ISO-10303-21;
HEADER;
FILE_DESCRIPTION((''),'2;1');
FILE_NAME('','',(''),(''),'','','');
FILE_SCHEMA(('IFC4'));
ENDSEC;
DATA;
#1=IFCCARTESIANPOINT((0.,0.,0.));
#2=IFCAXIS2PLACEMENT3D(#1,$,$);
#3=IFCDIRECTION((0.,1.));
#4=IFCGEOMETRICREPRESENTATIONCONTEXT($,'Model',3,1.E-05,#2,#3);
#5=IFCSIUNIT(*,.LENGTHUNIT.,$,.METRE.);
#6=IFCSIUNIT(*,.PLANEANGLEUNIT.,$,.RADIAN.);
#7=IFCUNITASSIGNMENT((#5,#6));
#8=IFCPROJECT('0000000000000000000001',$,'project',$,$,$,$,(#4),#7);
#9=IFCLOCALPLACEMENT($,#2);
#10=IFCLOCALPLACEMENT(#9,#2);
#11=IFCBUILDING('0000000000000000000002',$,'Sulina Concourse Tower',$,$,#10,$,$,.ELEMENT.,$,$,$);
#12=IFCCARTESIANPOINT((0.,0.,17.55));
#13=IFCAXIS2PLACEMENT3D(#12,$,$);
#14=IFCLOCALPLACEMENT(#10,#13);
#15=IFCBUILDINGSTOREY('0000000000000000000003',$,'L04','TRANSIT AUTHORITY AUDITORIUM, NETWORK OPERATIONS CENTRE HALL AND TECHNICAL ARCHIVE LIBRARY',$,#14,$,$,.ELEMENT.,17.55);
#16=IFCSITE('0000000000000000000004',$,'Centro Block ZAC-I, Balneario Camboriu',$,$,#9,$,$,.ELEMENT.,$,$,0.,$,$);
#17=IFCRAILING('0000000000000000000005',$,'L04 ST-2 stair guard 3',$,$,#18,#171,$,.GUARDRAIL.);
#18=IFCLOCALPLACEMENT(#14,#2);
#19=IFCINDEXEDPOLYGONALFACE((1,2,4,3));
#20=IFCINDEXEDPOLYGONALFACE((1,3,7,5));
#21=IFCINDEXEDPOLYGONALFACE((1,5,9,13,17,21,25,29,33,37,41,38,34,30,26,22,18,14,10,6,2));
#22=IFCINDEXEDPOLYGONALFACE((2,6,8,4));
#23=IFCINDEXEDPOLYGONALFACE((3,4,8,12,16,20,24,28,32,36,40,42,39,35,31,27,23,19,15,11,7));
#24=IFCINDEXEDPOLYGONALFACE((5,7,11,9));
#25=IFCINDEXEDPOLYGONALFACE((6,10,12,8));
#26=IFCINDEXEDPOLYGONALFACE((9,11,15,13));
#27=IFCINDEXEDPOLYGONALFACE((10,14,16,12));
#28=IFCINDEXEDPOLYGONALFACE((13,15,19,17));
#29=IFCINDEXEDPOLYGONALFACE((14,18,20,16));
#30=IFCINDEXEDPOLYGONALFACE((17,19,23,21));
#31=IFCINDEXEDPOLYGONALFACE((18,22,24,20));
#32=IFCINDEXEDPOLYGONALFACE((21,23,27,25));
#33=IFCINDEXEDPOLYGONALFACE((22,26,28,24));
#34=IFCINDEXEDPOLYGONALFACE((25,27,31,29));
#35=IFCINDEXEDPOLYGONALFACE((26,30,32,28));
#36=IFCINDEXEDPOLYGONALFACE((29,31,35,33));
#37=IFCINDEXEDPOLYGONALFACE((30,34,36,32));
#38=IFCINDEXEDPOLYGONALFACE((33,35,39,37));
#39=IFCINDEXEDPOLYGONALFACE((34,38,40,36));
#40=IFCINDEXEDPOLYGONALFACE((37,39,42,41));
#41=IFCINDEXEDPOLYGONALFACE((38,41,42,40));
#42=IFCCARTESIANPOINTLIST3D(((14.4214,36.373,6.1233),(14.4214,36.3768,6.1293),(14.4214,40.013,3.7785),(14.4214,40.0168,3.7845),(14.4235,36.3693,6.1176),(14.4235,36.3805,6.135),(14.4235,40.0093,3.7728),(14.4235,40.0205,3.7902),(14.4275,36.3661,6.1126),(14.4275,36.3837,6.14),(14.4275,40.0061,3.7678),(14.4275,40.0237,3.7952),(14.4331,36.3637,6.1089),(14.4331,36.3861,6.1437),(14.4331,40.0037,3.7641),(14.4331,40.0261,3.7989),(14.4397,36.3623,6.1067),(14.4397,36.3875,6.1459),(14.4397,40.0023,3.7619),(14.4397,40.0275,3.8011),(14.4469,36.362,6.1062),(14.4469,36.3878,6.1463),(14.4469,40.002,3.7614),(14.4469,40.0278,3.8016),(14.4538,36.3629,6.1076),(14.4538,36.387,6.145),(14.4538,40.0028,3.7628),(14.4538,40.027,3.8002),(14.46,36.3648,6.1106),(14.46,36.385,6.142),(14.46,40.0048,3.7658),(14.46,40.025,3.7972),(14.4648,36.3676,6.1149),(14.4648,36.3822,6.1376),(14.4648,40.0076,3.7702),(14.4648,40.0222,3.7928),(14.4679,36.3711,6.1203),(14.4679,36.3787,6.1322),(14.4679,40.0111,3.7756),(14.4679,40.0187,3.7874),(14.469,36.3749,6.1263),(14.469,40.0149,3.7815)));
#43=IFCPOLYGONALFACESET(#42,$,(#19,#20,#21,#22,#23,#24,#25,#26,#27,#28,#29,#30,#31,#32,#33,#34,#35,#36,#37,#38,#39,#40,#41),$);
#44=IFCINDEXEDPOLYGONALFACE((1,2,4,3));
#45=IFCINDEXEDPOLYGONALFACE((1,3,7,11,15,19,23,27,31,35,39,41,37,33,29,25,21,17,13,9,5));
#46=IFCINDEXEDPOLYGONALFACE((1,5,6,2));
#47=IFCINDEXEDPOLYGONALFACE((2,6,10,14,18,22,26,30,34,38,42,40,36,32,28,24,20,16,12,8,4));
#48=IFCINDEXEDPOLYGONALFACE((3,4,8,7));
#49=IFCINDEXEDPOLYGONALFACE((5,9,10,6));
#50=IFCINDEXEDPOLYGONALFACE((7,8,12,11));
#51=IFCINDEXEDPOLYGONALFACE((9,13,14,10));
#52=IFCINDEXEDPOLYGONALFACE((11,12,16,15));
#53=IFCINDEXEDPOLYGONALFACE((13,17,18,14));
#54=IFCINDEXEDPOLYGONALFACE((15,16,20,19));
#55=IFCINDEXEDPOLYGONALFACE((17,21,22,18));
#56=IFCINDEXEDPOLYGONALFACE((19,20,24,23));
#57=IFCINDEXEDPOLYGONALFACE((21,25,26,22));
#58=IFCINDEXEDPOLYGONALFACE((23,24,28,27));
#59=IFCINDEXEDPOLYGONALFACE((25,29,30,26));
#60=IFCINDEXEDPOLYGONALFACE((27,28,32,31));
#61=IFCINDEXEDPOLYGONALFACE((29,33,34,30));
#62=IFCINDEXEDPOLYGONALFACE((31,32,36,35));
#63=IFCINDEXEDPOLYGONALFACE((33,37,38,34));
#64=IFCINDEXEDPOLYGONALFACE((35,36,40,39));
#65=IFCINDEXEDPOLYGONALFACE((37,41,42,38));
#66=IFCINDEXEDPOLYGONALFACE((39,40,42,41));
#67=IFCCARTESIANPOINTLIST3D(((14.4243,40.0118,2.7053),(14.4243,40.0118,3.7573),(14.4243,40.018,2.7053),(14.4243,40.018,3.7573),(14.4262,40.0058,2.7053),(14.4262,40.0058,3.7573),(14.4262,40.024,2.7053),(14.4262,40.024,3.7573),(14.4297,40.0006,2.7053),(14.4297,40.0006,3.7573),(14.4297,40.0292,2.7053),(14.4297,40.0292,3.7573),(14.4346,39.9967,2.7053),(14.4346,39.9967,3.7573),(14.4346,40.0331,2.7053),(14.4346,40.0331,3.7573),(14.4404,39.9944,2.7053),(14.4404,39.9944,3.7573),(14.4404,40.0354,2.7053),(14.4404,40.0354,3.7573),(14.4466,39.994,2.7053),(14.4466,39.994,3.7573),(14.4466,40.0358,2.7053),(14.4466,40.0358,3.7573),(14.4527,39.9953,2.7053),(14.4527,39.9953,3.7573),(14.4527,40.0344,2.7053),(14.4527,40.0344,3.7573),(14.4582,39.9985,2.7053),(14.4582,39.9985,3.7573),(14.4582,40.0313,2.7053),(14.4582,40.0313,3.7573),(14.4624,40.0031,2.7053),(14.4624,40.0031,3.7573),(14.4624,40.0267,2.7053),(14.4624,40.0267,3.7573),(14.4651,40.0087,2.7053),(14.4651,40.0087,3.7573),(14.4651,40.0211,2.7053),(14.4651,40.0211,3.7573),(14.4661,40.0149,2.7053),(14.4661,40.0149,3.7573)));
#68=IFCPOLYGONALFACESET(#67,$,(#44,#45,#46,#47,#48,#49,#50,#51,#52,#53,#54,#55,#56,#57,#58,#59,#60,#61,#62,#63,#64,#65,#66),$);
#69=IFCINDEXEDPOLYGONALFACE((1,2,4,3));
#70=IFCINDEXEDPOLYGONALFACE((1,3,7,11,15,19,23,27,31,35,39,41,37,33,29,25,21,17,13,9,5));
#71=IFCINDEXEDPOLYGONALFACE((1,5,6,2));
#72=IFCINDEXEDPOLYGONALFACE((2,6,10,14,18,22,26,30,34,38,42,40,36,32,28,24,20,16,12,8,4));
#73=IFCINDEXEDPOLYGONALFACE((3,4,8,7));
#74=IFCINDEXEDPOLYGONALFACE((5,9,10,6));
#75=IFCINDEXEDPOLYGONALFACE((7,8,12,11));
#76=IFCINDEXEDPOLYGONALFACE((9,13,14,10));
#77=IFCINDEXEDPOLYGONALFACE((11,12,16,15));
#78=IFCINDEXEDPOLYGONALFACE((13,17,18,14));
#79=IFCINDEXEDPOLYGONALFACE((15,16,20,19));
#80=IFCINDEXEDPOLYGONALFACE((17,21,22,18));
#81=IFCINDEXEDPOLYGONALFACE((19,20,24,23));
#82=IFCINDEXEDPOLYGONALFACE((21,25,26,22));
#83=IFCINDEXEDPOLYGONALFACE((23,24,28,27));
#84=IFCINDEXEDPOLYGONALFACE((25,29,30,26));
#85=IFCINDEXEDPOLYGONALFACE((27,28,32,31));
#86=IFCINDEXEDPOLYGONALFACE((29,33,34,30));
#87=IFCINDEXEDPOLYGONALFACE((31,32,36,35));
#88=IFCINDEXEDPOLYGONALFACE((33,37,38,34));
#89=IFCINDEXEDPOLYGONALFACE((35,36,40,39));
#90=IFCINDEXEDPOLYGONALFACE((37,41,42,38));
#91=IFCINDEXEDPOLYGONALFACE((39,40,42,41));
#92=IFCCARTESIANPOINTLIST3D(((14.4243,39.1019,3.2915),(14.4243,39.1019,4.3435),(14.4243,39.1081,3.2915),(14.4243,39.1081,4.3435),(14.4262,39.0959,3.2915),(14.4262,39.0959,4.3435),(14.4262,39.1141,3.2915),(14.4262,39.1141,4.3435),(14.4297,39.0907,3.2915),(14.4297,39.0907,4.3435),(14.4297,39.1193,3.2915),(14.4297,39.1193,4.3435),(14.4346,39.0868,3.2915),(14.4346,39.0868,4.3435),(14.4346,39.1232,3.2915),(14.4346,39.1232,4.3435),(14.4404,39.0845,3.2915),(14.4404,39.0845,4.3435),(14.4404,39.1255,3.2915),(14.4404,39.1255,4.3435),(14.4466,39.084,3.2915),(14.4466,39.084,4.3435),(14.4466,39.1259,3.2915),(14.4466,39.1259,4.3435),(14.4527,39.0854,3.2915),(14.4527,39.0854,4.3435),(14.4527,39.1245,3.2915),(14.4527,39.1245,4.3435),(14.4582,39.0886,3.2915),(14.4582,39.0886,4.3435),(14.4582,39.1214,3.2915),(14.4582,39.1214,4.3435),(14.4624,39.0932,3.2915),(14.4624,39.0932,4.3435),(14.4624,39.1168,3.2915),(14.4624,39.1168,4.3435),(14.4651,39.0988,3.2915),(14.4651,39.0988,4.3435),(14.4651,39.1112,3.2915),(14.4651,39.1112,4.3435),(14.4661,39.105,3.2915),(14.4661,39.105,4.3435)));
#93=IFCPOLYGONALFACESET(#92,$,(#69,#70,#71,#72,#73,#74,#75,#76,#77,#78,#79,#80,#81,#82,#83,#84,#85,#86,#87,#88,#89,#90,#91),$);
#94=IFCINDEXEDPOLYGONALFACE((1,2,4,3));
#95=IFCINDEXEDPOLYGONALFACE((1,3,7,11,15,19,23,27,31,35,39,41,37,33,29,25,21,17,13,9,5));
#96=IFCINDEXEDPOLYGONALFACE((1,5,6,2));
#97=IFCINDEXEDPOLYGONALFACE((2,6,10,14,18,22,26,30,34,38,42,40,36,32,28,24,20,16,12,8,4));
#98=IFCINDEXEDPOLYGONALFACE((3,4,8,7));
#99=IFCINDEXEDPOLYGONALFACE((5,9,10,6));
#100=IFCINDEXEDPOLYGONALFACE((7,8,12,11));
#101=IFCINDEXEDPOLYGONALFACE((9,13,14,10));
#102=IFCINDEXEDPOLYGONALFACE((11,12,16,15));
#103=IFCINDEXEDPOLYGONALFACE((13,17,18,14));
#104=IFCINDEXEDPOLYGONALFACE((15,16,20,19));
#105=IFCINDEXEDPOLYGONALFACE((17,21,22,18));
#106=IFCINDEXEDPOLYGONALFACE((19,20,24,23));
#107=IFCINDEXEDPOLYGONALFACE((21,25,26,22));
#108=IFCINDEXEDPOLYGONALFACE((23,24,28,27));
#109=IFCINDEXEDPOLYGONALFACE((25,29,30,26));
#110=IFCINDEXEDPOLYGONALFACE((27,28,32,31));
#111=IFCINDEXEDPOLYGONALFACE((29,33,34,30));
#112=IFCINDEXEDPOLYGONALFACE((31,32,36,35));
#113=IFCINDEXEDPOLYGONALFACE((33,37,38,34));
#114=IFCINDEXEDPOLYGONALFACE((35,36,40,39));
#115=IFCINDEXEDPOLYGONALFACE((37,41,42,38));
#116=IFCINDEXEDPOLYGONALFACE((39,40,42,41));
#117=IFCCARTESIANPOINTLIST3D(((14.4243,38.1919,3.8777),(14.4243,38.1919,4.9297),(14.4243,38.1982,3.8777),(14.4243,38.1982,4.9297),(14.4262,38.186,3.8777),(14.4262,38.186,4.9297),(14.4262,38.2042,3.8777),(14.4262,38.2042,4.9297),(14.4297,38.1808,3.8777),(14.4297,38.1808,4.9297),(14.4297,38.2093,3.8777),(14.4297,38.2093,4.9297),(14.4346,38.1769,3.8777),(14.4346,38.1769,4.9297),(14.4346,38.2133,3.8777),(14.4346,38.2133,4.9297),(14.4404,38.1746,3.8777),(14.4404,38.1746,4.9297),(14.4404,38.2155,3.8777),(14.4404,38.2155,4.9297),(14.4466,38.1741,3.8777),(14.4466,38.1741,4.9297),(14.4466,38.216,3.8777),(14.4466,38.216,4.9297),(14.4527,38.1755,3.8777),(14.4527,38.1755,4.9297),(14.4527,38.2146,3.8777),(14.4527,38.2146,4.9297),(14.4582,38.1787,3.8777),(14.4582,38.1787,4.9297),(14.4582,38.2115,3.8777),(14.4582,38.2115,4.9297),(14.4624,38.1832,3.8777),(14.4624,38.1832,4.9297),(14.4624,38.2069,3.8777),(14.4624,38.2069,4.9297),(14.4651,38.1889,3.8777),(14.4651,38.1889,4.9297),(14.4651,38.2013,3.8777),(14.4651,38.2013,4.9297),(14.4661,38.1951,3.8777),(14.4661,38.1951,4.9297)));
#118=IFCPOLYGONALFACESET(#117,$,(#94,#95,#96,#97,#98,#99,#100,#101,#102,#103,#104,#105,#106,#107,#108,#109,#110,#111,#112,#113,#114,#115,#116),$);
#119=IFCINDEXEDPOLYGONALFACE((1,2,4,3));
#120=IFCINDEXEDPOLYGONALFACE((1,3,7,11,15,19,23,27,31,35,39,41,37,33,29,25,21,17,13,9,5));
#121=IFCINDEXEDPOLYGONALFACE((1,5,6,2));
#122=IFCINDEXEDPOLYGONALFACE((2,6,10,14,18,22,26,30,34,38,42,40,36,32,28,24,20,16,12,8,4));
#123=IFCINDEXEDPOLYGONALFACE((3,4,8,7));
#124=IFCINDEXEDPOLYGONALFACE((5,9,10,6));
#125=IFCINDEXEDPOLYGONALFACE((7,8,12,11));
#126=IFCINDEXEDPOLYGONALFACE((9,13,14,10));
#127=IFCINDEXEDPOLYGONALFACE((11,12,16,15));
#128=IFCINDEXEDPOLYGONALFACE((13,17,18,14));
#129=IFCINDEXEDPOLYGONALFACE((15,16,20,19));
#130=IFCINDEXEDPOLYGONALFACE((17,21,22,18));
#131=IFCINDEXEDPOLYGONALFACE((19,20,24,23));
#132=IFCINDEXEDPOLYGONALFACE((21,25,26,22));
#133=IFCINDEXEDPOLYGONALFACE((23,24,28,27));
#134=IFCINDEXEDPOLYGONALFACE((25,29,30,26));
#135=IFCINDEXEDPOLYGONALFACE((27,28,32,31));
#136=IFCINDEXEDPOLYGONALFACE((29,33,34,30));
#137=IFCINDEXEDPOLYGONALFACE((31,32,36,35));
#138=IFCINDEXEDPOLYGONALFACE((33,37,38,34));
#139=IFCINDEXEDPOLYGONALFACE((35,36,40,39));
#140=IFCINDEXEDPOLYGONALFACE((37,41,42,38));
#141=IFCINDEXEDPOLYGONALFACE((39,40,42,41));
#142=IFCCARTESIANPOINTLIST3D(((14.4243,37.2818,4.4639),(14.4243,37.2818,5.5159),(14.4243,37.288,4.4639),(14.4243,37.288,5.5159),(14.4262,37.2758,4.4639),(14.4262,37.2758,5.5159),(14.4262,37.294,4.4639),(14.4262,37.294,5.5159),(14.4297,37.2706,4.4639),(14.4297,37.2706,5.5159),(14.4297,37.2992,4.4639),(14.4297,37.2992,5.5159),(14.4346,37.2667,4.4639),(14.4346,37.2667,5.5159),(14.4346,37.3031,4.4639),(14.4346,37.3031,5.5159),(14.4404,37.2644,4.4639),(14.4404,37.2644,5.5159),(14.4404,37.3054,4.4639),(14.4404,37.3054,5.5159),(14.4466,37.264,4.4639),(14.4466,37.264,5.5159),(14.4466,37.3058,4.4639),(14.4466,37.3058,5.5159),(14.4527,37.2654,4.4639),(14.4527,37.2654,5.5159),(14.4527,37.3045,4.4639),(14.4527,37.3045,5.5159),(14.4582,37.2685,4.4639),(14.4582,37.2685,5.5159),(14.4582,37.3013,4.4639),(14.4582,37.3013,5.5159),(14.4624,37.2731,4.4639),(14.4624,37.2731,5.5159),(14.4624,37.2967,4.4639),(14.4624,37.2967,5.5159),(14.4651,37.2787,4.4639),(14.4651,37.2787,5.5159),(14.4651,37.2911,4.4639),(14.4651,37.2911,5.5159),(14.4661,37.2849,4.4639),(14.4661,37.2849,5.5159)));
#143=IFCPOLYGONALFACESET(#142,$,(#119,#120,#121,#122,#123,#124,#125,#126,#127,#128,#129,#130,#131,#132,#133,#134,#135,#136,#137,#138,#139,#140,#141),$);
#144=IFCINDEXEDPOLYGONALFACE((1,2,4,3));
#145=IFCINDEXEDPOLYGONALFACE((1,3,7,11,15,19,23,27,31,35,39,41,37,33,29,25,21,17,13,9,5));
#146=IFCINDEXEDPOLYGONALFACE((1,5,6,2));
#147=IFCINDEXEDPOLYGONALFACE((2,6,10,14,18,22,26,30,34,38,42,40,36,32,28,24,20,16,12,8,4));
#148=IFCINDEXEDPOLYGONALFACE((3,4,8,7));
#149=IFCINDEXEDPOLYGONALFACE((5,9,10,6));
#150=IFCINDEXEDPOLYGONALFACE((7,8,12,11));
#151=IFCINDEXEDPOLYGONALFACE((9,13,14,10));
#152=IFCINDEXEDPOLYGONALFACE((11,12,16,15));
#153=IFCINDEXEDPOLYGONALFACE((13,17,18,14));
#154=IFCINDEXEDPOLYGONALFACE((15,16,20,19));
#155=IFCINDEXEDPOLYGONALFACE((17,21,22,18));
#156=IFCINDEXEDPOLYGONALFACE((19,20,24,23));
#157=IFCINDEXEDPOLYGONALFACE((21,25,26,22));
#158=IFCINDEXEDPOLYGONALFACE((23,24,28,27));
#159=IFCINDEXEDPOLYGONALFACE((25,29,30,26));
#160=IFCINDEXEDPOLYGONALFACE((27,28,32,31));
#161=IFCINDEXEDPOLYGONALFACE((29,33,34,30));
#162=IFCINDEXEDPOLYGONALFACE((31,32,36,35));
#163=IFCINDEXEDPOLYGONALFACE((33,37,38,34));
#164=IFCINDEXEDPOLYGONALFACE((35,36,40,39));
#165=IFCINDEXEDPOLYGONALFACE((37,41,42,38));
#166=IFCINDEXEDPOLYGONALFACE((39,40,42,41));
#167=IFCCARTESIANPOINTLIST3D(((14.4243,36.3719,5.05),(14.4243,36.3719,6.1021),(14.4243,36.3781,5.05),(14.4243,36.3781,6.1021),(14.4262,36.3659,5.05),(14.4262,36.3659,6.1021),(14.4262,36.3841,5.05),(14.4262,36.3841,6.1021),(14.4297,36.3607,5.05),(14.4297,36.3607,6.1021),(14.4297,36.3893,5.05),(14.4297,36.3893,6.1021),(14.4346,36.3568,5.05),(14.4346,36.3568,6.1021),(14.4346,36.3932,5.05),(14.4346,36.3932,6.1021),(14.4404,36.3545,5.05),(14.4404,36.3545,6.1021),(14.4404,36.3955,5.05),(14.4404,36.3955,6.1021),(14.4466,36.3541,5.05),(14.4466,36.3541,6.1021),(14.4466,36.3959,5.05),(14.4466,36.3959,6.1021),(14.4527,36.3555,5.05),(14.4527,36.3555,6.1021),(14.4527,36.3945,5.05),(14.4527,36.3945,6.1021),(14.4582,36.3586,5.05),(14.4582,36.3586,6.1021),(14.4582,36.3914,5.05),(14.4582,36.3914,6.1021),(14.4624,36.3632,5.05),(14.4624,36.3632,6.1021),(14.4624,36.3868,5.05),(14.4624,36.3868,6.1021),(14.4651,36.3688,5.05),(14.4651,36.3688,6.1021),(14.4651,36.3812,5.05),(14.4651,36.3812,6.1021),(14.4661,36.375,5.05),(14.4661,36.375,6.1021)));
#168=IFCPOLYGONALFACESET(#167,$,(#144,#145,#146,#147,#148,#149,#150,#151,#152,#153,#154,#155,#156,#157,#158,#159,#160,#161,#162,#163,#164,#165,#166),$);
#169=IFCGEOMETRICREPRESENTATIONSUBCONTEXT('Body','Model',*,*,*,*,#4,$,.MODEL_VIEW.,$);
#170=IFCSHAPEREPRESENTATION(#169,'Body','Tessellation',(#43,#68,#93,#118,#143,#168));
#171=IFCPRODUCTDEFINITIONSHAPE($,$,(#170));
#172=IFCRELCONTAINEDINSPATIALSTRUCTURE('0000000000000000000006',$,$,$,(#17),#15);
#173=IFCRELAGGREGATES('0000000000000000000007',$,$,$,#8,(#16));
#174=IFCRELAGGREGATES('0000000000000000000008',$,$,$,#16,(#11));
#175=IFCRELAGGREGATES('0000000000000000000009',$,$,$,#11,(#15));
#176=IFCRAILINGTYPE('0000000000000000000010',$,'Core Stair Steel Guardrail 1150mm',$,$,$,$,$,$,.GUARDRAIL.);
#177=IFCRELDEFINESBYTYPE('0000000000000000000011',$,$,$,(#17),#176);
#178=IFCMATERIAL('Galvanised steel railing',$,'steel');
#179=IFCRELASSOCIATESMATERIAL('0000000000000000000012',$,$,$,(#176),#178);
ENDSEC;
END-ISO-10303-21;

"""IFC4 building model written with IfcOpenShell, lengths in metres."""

from ifc_helpers import new_model, si_unit, direction, frame, origin, origin_2d, place, context, subcontext, project, spatial, circle, extrude, material, type_object, element, save


model = new_model("IFC4")

# Units and contexts
model_context = context("Model", 3, precision=1e-05, world=origin(), true_north=direction((0.0, 1.0)))
body_context = subcontext(model_context, "Body", "Model", "MODEL_VIEW")
ifc_project = project(units=[si_unit("LENGTHUNIT", "METRE"), si_unit("PLANEANGLEUNIT", "RADIAN")], contexts=[model_context])

# Site, building, storey
site_placement = place(None, origin())
site = spatial("IfcSite", under=ifc_project, at=site_placement, Name="Centro Block ZAC-I, Balneario Camboriu", CompositionType="ELEMENT", RefElevation=0.0)
building_placement = place(site_placement, origin())
building = spatial("IfcBuilding", under=site, at=building_placement, Name="Sulina Concourse Tower", CompositionType="ELEMENT")
storey_placement = place(building_placement, frame((0.0, 0.0, 17.55)))
storey = spatial("IfcBuildingStorey", under=building, at=storey_placement, Name="L04", Description="TRANSIT AUTHORITY AUDITORIUM, NETWORK OPERATIONS CENTRE HALL AND TECHNICAL ARCHIVE LIBRARY", CompositionType="ELEMENT", Elevation=17.55)

# Railing
ifc_material_1 = material(Name="Galvanised steel railing", Category="steel")
railing_type_1 = type_object("IfcRailingType", Name="Core Stair Steel Guardrail 1150mm", PredefinedType="GUARDRAIL", material=ifc_material_1)
railing_1_placement = place(storey_placement, frame((14.4451, 40.0149, 2.7053)))
element("IfcRailing", 1, at=railing_1_placement, inside=storey, type_object=railing_type_1, Name="L04 ST-2 stair guard 3", PredefinedType="GUARDRAIL", context=body_context, shape_type="SweptSolid", body=[
    extrude(circle(Radius=0.0239, at=origin_2d()), frame((0.0, 0.0, 1.0762), z_axis=(0.0, -0.840674, 0.541541), x_axis=(1.0, 0.0, 0.0)), (0.0, 0.0, 1.0), 4.3298),
    extrude(circle(Radius=0.021, at=origin_2d()), origin(), (0.0, 0.0, 1.0), 1.052),
    extrude(circle(Radius=0.021, at=origin_2d()), frame((0.0, -0.9099, 0.5862)), (0.0, 0.0, 1.0), 1.052),
    extrude(circle(Radius=0.021, at=origin_2d()), frame((0.0, -1.8198, 1.1724)), (0.0, 0.0, 1.0), 1.052),
    extrude(circle(Radius=0.021, at=origin_2d()), frame((0.0, -2.73, 1.7585)), (0.0, 0.0, 1.0), 1.052),
    extrude(circle(Radius=0.021, at=origin_2d()), frame((0.0, -3.6399, 2.3447)), (0.0, 0.0, 1.0), 1.052),
])

save(model, "model.ifc")
